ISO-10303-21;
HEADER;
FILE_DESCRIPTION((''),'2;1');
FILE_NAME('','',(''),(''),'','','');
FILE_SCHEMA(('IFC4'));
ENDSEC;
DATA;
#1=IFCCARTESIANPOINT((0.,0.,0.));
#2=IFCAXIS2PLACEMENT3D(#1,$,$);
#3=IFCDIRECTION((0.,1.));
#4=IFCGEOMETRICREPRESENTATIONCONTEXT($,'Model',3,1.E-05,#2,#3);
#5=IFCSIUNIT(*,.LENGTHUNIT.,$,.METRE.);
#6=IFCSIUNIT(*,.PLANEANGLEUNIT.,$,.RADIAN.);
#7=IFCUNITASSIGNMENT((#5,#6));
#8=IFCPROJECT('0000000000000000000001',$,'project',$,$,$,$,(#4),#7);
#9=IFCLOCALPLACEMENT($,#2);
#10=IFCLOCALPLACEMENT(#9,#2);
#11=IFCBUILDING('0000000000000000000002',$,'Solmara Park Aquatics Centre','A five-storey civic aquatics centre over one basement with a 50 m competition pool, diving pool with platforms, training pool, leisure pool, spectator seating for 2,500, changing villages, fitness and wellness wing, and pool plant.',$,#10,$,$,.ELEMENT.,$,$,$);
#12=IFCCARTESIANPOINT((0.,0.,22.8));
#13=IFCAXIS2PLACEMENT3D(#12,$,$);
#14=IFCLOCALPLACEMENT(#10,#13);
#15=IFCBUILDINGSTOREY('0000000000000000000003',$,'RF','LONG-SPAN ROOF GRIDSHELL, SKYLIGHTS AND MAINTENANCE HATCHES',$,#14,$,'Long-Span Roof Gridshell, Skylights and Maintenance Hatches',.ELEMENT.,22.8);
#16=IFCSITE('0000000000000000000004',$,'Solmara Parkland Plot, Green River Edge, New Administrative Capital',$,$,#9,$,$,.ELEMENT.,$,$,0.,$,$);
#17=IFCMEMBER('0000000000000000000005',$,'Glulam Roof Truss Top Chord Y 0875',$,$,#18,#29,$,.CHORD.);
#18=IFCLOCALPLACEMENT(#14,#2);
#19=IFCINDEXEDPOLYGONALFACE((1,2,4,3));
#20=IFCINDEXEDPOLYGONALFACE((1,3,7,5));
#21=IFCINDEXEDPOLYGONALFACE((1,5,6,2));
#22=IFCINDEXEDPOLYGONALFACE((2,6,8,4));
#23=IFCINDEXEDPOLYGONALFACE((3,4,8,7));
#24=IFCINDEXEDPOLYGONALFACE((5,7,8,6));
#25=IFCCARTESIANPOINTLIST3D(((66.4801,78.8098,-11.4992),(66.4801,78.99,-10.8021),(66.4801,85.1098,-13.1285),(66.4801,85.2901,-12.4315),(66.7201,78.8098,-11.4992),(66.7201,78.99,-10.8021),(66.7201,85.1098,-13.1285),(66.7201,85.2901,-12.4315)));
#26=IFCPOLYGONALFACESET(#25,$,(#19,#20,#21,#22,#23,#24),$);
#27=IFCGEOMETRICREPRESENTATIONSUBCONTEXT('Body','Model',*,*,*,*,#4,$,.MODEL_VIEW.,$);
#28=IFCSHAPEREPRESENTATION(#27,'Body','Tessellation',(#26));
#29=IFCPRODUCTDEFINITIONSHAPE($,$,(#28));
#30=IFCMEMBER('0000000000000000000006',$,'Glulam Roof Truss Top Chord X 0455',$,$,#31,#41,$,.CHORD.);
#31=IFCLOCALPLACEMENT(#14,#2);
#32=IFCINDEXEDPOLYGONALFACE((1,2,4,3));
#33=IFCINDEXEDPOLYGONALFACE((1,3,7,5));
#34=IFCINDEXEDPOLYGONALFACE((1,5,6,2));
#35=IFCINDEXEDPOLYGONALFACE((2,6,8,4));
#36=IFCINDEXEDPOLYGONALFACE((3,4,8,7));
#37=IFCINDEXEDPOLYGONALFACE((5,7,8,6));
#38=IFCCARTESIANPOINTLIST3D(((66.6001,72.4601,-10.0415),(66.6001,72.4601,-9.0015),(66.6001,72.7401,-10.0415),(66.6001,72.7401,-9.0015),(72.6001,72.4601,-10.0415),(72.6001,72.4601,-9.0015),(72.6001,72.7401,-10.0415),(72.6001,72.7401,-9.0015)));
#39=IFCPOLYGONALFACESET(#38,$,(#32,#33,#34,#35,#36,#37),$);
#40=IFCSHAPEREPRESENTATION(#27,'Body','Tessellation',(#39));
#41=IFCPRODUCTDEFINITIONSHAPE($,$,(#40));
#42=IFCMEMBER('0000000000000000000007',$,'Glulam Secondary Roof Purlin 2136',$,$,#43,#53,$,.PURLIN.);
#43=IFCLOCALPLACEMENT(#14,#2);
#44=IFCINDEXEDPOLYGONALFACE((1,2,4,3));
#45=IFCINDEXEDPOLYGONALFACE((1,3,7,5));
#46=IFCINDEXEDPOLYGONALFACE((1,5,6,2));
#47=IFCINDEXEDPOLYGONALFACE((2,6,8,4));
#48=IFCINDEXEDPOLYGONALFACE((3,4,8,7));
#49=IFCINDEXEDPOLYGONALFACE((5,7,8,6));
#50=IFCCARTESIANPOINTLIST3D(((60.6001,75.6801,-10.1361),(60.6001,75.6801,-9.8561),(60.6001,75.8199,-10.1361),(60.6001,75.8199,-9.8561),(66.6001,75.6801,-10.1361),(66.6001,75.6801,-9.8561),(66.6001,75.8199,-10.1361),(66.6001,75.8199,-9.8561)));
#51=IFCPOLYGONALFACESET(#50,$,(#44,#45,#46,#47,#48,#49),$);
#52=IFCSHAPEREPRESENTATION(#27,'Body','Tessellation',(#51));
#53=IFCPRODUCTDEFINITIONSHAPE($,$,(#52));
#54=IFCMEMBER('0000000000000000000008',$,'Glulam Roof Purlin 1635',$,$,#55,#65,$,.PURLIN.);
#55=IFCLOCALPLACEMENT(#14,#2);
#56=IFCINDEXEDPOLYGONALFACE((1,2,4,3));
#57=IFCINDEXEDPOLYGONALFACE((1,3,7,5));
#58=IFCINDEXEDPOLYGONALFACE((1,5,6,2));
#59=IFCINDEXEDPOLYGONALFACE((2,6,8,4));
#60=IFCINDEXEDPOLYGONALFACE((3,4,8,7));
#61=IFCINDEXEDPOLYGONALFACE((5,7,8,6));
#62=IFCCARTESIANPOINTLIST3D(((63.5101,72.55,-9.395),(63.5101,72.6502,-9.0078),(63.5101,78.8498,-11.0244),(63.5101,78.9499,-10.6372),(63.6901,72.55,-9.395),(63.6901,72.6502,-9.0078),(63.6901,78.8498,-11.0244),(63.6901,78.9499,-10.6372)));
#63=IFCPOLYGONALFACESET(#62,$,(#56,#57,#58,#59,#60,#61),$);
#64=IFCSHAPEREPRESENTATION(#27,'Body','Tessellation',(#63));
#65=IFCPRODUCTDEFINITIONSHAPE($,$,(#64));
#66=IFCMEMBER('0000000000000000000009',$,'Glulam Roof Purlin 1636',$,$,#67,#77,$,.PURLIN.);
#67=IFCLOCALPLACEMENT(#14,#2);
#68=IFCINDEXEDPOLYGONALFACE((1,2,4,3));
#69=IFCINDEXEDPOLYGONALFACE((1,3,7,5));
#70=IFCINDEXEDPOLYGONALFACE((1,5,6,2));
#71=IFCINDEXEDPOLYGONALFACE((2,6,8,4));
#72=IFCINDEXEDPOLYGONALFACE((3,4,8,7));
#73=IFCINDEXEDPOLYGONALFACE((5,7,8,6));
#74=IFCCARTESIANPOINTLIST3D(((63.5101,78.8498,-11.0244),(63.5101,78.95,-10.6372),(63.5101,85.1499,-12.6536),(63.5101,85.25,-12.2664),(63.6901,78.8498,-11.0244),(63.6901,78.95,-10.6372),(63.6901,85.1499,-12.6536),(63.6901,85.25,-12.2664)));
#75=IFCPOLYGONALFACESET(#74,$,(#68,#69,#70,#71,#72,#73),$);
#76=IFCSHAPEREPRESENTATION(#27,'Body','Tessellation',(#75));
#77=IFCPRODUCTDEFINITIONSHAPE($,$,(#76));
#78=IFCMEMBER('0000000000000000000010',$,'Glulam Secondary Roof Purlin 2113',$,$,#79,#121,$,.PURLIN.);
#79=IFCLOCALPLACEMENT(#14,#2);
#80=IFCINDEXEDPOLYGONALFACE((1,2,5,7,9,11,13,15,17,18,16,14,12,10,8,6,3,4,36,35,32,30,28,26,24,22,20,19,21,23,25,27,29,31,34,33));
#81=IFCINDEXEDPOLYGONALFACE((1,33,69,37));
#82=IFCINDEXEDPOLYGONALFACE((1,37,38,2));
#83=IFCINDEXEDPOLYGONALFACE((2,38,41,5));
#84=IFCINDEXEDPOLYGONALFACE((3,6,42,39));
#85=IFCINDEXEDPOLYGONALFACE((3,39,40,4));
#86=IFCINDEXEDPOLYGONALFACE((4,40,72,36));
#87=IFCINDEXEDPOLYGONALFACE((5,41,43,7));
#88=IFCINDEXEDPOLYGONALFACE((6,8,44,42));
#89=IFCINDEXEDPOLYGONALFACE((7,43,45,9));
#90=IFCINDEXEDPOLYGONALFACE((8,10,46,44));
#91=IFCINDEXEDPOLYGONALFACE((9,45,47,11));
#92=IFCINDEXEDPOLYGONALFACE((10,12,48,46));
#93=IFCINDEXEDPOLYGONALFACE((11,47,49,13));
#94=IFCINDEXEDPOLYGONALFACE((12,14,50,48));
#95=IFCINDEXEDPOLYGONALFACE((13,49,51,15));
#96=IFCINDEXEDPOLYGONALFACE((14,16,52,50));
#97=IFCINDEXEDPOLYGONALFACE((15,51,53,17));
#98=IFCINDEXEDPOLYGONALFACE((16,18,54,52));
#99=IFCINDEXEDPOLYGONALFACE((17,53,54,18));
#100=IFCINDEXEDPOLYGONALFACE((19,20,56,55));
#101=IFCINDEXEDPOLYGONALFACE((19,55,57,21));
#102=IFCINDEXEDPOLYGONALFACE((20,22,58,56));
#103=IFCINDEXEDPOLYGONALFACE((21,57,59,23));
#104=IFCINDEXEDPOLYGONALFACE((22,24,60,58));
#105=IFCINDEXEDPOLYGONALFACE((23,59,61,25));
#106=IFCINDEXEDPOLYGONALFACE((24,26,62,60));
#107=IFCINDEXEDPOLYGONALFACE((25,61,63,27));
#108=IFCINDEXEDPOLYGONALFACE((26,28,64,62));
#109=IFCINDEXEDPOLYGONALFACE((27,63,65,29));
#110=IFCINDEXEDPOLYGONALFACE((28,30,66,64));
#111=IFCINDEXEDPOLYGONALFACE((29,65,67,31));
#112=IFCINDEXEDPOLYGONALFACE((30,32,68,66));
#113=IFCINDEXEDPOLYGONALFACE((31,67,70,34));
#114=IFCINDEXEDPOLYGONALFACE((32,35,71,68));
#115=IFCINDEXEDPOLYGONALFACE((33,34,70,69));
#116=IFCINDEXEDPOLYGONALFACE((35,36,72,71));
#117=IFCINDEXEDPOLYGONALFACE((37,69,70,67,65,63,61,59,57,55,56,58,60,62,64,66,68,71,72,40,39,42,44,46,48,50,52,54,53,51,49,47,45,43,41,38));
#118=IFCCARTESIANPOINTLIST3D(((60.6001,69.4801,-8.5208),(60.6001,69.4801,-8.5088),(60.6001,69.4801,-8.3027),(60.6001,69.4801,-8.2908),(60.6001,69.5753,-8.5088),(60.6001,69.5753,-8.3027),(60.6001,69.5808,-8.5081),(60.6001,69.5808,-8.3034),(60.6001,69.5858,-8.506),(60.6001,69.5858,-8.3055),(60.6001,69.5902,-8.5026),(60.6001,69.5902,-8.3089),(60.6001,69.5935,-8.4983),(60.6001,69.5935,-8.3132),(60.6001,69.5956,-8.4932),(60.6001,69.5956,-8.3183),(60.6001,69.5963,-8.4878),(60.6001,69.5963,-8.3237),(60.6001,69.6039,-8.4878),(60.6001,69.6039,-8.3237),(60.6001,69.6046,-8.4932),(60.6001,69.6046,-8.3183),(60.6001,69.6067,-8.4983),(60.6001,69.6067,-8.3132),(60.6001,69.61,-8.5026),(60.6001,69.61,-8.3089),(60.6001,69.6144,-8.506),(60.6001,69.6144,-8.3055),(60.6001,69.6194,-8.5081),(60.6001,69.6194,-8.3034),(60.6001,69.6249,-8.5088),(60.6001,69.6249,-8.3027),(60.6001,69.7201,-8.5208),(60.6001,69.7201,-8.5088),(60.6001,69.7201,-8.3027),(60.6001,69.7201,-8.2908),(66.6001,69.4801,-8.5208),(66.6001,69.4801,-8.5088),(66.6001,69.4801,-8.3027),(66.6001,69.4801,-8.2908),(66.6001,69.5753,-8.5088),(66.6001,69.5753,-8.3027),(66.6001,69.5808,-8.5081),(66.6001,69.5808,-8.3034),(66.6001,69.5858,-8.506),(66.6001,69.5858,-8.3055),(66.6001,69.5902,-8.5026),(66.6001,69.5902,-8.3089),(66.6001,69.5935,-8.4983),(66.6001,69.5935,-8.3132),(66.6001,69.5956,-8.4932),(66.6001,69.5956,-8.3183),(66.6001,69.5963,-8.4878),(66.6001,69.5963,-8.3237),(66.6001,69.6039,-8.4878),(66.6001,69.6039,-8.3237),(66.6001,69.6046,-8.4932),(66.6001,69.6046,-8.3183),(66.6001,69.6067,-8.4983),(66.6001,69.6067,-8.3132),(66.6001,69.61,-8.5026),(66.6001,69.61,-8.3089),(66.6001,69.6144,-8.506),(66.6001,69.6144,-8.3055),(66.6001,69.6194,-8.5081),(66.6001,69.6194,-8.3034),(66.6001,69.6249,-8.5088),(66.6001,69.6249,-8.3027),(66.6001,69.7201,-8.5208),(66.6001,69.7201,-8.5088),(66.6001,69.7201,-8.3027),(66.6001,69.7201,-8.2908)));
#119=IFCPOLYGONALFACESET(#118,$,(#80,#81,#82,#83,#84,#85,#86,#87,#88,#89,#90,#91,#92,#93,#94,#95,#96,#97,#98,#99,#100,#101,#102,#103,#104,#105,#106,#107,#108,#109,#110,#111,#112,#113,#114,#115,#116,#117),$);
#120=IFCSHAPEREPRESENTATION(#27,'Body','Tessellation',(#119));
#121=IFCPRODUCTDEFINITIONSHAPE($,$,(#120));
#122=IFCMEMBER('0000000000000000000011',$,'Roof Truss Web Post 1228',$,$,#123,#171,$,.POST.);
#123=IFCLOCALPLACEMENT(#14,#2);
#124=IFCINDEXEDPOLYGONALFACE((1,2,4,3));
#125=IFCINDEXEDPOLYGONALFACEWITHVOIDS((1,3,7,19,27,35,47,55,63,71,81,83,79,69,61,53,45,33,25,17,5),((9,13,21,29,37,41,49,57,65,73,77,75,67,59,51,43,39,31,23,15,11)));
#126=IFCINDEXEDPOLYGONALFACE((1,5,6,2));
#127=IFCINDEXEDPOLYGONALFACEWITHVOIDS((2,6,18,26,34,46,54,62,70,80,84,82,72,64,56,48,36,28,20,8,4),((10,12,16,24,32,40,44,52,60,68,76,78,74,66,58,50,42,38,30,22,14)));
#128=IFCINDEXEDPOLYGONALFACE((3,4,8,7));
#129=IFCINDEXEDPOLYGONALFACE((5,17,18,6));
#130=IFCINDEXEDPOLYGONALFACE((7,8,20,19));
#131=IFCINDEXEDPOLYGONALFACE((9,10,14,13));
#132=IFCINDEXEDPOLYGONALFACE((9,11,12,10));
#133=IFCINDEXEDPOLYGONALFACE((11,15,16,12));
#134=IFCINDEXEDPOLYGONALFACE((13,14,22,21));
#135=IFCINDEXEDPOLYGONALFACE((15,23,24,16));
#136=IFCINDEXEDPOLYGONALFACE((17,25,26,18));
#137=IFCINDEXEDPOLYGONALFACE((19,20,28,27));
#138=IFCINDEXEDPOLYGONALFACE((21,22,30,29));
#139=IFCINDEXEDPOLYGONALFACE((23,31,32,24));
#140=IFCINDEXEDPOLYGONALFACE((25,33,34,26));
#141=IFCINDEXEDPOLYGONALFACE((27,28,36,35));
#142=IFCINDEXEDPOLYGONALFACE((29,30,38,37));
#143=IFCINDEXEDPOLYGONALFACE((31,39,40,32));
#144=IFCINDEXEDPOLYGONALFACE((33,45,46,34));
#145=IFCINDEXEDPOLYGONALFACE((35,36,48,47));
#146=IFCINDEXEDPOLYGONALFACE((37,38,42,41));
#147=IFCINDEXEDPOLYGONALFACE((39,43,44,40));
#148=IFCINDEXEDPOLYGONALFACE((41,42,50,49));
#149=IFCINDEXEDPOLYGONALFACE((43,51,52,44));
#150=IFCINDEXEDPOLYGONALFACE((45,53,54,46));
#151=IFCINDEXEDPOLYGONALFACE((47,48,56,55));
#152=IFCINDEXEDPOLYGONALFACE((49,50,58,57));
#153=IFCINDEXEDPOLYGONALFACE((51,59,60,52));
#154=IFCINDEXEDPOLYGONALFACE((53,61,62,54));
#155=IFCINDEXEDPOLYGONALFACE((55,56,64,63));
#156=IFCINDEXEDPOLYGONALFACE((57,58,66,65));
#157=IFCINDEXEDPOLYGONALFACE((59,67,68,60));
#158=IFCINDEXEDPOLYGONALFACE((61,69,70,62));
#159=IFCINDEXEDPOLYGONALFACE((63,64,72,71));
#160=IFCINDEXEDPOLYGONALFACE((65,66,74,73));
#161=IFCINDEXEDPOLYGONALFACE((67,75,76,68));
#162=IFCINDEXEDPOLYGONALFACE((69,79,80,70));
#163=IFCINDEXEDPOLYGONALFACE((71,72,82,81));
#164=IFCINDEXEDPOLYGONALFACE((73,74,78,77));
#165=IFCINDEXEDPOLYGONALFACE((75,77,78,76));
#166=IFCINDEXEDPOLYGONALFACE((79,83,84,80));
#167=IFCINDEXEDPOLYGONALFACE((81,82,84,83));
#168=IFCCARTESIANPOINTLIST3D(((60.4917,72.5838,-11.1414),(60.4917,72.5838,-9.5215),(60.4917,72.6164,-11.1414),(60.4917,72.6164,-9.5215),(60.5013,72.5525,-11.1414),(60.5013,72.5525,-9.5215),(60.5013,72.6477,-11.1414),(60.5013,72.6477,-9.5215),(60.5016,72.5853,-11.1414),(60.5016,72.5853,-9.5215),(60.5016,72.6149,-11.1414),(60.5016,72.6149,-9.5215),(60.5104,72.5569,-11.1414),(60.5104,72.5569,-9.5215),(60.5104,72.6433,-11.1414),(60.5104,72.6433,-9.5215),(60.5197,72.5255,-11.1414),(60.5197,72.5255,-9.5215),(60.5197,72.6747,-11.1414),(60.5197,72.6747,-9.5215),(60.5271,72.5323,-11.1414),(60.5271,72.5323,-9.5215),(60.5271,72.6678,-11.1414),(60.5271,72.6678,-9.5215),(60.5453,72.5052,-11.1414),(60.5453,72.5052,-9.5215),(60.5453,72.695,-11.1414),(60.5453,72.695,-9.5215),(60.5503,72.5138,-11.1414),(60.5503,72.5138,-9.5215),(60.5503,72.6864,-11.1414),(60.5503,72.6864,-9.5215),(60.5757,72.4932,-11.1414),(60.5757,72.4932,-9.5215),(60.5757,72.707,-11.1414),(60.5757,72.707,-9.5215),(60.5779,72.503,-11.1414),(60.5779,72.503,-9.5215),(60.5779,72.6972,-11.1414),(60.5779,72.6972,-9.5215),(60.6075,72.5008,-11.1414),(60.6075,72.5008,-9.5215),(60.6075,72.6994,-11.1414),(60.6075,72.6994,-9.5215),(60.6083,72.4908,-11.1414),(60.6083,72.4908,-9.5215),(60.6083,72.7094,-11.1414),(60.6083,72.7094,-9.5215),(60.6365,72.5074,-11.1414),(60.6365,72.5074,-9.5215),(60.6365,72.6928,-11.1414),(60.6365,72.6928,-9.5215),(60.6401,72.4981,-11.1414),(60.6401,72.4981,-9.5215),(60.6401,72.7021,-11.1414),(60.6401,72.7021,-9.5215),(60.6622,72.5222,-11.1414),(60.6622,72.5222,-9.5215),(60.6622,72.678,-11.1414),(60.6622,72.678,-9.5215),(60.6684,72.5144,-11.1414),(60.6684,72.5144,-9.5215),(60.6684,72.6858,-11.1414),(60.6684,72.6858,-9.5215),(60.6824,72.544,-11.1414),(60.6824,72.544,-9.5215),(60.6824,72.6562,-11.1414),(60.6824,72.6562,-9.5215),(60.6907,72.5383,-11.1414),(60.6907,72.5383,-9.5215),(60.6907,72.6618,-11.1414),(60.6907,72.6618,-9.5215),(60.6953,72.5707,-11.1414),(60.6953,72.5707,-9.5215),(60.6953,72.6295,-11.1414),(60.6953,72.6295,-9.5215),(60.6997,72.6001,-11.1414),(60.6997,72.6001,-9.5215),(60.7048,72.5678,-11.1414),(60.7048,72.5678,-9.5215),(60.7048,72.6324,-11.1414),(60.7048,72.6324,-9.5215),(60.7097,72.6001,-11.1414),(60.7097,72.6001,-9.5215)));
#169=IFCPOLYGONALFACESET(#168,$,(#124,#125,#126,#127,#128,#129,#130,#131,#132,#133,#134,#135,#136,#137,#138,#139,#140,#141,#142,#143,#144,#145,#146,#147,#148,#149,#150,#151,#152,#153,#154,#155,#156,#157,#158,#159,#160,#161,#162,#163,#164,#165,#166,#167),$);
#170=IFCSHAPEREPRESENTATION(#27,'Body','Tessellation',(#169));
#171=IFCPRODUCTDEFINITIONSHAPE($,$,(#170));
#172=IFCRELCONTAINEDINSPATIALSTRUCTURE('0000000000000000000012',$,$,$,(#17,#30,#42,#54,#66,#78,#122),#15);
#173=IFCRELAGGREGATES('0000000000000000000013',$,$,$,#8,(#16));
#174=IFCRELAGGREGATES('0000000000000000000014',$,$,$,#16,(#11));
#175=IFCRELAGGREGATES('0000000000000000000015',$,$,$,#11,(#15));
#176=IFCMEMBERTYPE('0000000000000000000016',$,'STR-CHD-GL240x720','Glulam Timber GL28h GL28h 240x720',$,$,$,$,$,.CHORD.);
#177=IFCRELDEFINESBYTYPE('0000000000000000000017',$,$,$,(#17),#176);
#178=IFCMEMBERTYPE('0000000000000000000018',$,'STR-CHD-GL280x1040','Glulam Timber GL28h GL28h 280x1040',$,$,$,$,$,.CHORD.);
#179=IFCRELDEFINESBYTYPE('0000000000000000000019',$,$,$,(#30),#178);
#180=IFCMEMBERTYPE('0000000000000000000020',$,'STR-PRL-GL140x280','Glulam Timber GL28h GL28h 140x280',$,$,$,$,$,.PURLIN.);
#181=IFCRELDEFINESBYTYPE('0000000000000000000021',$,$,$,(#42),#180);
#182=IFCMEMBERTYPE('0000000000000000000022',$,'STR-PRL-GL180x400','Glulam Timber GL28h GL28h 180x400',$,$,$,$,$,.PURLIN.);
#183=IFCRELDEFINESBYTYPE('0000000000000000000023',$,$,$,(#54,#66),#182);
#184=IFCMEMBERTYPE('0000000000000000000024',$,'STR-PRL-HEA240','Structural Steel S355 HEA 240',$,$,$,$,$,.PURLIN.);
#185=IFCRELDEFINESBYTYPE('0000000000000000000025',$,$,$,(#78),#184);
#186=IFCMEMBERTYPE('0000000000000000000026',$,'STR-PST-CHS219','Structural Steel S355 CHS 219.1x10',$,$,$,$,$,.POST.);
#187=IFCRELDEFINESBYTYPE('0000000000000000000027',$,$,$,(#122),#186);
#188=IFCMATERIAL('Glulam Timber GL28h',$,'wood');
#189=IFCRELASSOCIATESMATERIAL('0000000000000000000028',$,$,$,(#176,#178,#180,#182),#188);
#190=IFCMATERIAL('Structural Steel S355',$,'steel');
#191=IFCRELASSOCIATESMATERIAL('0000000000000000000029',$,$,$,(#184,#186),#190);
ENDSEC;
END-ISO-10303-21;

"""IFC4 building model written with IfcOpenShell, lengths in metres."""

from ifc_helpers import new_model, si_unit, direction, frame, origin, origin_2d, place, context, subcontext, project, spatial, rectangle, hollow_circle, i_section, extrude, material, material_profile, profile_set, type_object, element, save


model = new_model("IFC4")

# Units and contexts
model_context = context("Model", 3, precision=1e-05, world=origin(), true_north=direction((0.0, 1.0)))
body_context = subcontext(model_context, "Body", "Model", "MODEL_VIEW")
ifc_project = project(units=[si_unit("LENGTHUNIT", "METRE"), si_unit("PLANEANGLEUNIT", "RADIAN")], contexts=[model_context])

# Site, building, storey
site_placement = place(None, origin())
site = spatial("IfcSite", under=ifc_project, at=site_placement, Name="Solmara Parkland Plot, Green River Edge, New Administrative Capital", CompositionType="ELEMENT", RefElevation=0.0)
building_placement = place(site_placement, origin())
building = spatial("IfcBuilding", under=site, at=building_placement, Name="Solmara Park Aquatics Centre", Description="A five-storey civic aquatics centre over one basement with a 50 m competition pool, diving pool with platforms, training pool, leisure pool, spectator seating for 2,500, changing villages, fitness and wellness wing, and pool plant.", CompositionType="ELEMENT")
storey_placement = place(building_placement, frame((0.0, 0.0, 22.8)))
storey = spatial("IfcBuildingStorey", under=building, at=storey_placement, Name="RF", Description="LONG-SPAN ROOF GRIDSHELL, SKYLIGHTS AND MAINTENANCE HATCHES", LongName="Long-Span Roof Gridshell, Skylights and Maintenance Hatches", CompositionType="ELEMENT", Elevation=22.8)

# Members
ifc_material_1 = material(Name="Structural Steel S355", Category="steel")
ifc_material_2 = material(Name="Glulam Timber GL28h", Category="wood")
ifc_material_profile_1 = material_profile(ifc_material_2, rectangle(XDim=0.24, YDim=0.72, at=origin_2d()), Name="GL28h 240x720")
ifc_profile_set_1 = profile_set([ifc_material_profile_1], Name="Glulam Timber GL28h")
member_type_1 = type_object("IfcMemberType", Name="STR-CHD-GL240x720", Description="Glulam Timber GL28h GL28h 240x720", PredefinedType="CHORD", material=ifc_profile_set_1)
member_1_placement = place(storey_placement, frame((66.6001, 78.8999, -11.1506), z_axis=(0.0, 0.968144, -0.250393), x_axis=(-1.0, 0.0, 0.0)))
element("IfcMember", 1, at=member_1_placement, inside=storey, type_object=member_type_1, Name="Glulam Roof Truss Top Chord Y 0875", PredefinedType="CHORD", context=body_context, shape_type="SweptSolid", body=[
    extrude(rectangle(XDim=0.24, YDim=0.72, at=origin_2d()), origin(), (0.0, 0.0, 1.0), 6.5073),
])
ifc_material_profile_2 = material_profile(ifc_material_2, rectangle(XDim=0.28, YDim=1.04, at=origin_2d()), Name="GL28h 280x1040")
ifc_profile_set_2 = profile_set([ifc_material_profile_2], Name="Glulam Timber GL28h")
member_type_2 = type_object("IfcMemberType", Name="STR-CHD-GL280x1040", Description="Glulam Timber GL28h GL28h 280x1040", PredefinedType="CHORD", material=ifc_profile_set_2)
member_2_placement = place(storey_placement, frame((66.6001, 72.6001, -9.5215), z_axis=(1.0, 0.0, 0.0), x_axis=(0.0, 1.0, 0.0)))
element("IfcMember", 2, at=member_2_placement, inside=storey, type_object=member_type_2, Name="Glulam Roof Truss Top Chord X 0455", PredefinedType="CHORD", context=body_context, shape_type="SweptSolid", body=[
    extrude(rectangle(XDim=0.28, YDim=1.04, at=origin_2d()), origin(), (0.0, 0.0, 1.0), 6.0),
])
ifc_material_profile_3 = material_profile(ifc_material_2, rectangle(XDim=0.1399, YDim=0.28, at=origin_2d()), Name="GL28h 140x280")
ifc_profile_set_3 = profile_set([ifc_material_profile_3], Name="Glulam Timber GL28h")
member_type_3 = type_object("IfcMemberType", Name="STR-PRL-GL140x280", Description="Glulam Timber GL28h GL28h 140x280", PredefinedType="PURLIN", material=ifc_profile_set_3)
member_3_placement = place(storey_placement, frame((60.6001, 75.75, -9.9961), z_axis=(1.0, 0.0, 0.0), x_axis=(0.0, 1.0, 0.0)))
element("IfcMember", 3, at=member_3_placement, inside=storey, type_object=member_type_3, Name="Glulam Secondary Roof Purlin 2136", PredefinedType="PURLIN", context=body_context, shape_type="SweptSolid", body=[
    extrude(rectangle(XDim=0.1399, YDim=0.28, at=origin_2d()), origin(), (0.0, 0.0, 1.0), 6.0),
])
ifc_material_profile_4 = material_profile(ifc_material_2, rectangle(XDim=0.1799, YDim=0.3999, at=origin_2d()), Name="GL28h 180x400")
ifc_profile_set_4 = profile_set([ifc_material_profile_4], Name="Glulam Timber GL28h")
member_type_4 = type_object("IfcMemberType", Name="STR-PRL-GL180x400", Description="Glulam Timber GL28h GL28h 180x400", PredefinedType="PURLIN", material=ifc_profile_set_4)
member_4_placement = place(storey_placement, frame((63.6001, 72.6001, -9.2014), z_axis=(0.0, 0.968142, -0.250402), x_axis=(-1.0, 0.0, 0.0)))
element("IfcMember", 4, at=member_4_placement, inside=storey, type_object=member_type_4, Name="Glulam Roof Purlin 1635", PredefinedType="PURLIN", context=body_context, shape_type="SweptSolid", body=[
    extrude(rectangle(XDim=0.1799, YDim=0.3999, at=origin_2d()), origin(), (0.0, 0.0, 1.0), 6.5071),
])
member_5_placement = place(storey_placement, frame((63.6001, 78.8999, -10.8308), z_axis=(0.0, 0.968153, -0.250358), x_axis=(-1.0, 0.0, 0.0)))
element("IfcMember", 5, at=member_5_placement, inside=storey, type_object=member_type_4, Name="Glulam Roof Purlin 1636", PredefinedType="PURLIN", context=body_context, shape_type="SweptSolid", body=[
    extrude(rectangle(XDim=0.1799, YDim=0.3999, at=origin_2d()), origin(), (0.0, 0.0, 1.0), 6.5073),
])
ifc_material_profile_5 = material_profile(ifc_material_1, i_section(OverallWidth=0.24, OverallDepth=0.23, WebThickness=0.0076, FlangeThickness=0.012, FilletRadius=0.021, at=origin_2d()), Name="HEA 240")
ifc_profile_set_5 = profile_set([ifc_material_profile_5], Name="Structural Steel S355")
member_type_5 = type_object("IfcMemberType", Name="STR-PRL-HEA240", Description="Structural Steel S355 HEA 240", PredefinedType="PURLIN", material=ifc_profile_set_5)
member_6_placement = place(storey_placement, frame((60.6001, 69.6001, -8.4058), z_axis=(1.0, 0.0, 0.0), x_axis=(0.0, 1.0, 0.0)))
element("IfcMember", 6, at=member_6_placement, inside=storey, type_object=member_type_5, Name="Glulam Secondary Roof Purlin 2113", PredefinedType="PURLIN", context=body_context, shape_type="SweptSolid", body=[
    extrude(i_section(OverallWidth=0.24, OverallDepth=0.23, WebThickness=0.0076, FlangeThickness=0.012, FilletRadius=0.021, at=origin_2d()), origin(), (0.0, 0.0, 1.0), 6.0),
])
ifc_material_profile_6 = material_profile(ifc_material_1, hollow_circle(Radius=0.1096, WallThickness=0.01, at=origin_2d()), Name="CHS 219.1x10")
ifc_profile_set_6 = profile_set([ifc_material_profile_6], Name="Structural Steel S355")
member_type_6 = type_object("IfcMemberType", Name="STR-PST-CHS219", Description="Structural Steel S355 CHS 219.1x10", PredefinedType="POST", material=ifc_profile_set_6)
member_7_placement = place(storey_placement, frame((60.6001, 72.6001, -11.1414), z_axis=(0.0, 0.0, 1.0), x_axis=(1.0, 0.0, 0.0)))
element("IfcMember", 7, at=member_7_placement, inside=storey, type_object=member_type_6, Name="Roof Truss Web Post 1228", PredefinedType="POST", context=body_context, shape_type="SweptSolid", body=[
    extrude(hollow_circle(Radius=0.1096, WallThickness=0.01, at=origin_2d()), origin(), (0.0, 0.0, 1.0), 1.6199),
])

save(model, "model.ifc")
